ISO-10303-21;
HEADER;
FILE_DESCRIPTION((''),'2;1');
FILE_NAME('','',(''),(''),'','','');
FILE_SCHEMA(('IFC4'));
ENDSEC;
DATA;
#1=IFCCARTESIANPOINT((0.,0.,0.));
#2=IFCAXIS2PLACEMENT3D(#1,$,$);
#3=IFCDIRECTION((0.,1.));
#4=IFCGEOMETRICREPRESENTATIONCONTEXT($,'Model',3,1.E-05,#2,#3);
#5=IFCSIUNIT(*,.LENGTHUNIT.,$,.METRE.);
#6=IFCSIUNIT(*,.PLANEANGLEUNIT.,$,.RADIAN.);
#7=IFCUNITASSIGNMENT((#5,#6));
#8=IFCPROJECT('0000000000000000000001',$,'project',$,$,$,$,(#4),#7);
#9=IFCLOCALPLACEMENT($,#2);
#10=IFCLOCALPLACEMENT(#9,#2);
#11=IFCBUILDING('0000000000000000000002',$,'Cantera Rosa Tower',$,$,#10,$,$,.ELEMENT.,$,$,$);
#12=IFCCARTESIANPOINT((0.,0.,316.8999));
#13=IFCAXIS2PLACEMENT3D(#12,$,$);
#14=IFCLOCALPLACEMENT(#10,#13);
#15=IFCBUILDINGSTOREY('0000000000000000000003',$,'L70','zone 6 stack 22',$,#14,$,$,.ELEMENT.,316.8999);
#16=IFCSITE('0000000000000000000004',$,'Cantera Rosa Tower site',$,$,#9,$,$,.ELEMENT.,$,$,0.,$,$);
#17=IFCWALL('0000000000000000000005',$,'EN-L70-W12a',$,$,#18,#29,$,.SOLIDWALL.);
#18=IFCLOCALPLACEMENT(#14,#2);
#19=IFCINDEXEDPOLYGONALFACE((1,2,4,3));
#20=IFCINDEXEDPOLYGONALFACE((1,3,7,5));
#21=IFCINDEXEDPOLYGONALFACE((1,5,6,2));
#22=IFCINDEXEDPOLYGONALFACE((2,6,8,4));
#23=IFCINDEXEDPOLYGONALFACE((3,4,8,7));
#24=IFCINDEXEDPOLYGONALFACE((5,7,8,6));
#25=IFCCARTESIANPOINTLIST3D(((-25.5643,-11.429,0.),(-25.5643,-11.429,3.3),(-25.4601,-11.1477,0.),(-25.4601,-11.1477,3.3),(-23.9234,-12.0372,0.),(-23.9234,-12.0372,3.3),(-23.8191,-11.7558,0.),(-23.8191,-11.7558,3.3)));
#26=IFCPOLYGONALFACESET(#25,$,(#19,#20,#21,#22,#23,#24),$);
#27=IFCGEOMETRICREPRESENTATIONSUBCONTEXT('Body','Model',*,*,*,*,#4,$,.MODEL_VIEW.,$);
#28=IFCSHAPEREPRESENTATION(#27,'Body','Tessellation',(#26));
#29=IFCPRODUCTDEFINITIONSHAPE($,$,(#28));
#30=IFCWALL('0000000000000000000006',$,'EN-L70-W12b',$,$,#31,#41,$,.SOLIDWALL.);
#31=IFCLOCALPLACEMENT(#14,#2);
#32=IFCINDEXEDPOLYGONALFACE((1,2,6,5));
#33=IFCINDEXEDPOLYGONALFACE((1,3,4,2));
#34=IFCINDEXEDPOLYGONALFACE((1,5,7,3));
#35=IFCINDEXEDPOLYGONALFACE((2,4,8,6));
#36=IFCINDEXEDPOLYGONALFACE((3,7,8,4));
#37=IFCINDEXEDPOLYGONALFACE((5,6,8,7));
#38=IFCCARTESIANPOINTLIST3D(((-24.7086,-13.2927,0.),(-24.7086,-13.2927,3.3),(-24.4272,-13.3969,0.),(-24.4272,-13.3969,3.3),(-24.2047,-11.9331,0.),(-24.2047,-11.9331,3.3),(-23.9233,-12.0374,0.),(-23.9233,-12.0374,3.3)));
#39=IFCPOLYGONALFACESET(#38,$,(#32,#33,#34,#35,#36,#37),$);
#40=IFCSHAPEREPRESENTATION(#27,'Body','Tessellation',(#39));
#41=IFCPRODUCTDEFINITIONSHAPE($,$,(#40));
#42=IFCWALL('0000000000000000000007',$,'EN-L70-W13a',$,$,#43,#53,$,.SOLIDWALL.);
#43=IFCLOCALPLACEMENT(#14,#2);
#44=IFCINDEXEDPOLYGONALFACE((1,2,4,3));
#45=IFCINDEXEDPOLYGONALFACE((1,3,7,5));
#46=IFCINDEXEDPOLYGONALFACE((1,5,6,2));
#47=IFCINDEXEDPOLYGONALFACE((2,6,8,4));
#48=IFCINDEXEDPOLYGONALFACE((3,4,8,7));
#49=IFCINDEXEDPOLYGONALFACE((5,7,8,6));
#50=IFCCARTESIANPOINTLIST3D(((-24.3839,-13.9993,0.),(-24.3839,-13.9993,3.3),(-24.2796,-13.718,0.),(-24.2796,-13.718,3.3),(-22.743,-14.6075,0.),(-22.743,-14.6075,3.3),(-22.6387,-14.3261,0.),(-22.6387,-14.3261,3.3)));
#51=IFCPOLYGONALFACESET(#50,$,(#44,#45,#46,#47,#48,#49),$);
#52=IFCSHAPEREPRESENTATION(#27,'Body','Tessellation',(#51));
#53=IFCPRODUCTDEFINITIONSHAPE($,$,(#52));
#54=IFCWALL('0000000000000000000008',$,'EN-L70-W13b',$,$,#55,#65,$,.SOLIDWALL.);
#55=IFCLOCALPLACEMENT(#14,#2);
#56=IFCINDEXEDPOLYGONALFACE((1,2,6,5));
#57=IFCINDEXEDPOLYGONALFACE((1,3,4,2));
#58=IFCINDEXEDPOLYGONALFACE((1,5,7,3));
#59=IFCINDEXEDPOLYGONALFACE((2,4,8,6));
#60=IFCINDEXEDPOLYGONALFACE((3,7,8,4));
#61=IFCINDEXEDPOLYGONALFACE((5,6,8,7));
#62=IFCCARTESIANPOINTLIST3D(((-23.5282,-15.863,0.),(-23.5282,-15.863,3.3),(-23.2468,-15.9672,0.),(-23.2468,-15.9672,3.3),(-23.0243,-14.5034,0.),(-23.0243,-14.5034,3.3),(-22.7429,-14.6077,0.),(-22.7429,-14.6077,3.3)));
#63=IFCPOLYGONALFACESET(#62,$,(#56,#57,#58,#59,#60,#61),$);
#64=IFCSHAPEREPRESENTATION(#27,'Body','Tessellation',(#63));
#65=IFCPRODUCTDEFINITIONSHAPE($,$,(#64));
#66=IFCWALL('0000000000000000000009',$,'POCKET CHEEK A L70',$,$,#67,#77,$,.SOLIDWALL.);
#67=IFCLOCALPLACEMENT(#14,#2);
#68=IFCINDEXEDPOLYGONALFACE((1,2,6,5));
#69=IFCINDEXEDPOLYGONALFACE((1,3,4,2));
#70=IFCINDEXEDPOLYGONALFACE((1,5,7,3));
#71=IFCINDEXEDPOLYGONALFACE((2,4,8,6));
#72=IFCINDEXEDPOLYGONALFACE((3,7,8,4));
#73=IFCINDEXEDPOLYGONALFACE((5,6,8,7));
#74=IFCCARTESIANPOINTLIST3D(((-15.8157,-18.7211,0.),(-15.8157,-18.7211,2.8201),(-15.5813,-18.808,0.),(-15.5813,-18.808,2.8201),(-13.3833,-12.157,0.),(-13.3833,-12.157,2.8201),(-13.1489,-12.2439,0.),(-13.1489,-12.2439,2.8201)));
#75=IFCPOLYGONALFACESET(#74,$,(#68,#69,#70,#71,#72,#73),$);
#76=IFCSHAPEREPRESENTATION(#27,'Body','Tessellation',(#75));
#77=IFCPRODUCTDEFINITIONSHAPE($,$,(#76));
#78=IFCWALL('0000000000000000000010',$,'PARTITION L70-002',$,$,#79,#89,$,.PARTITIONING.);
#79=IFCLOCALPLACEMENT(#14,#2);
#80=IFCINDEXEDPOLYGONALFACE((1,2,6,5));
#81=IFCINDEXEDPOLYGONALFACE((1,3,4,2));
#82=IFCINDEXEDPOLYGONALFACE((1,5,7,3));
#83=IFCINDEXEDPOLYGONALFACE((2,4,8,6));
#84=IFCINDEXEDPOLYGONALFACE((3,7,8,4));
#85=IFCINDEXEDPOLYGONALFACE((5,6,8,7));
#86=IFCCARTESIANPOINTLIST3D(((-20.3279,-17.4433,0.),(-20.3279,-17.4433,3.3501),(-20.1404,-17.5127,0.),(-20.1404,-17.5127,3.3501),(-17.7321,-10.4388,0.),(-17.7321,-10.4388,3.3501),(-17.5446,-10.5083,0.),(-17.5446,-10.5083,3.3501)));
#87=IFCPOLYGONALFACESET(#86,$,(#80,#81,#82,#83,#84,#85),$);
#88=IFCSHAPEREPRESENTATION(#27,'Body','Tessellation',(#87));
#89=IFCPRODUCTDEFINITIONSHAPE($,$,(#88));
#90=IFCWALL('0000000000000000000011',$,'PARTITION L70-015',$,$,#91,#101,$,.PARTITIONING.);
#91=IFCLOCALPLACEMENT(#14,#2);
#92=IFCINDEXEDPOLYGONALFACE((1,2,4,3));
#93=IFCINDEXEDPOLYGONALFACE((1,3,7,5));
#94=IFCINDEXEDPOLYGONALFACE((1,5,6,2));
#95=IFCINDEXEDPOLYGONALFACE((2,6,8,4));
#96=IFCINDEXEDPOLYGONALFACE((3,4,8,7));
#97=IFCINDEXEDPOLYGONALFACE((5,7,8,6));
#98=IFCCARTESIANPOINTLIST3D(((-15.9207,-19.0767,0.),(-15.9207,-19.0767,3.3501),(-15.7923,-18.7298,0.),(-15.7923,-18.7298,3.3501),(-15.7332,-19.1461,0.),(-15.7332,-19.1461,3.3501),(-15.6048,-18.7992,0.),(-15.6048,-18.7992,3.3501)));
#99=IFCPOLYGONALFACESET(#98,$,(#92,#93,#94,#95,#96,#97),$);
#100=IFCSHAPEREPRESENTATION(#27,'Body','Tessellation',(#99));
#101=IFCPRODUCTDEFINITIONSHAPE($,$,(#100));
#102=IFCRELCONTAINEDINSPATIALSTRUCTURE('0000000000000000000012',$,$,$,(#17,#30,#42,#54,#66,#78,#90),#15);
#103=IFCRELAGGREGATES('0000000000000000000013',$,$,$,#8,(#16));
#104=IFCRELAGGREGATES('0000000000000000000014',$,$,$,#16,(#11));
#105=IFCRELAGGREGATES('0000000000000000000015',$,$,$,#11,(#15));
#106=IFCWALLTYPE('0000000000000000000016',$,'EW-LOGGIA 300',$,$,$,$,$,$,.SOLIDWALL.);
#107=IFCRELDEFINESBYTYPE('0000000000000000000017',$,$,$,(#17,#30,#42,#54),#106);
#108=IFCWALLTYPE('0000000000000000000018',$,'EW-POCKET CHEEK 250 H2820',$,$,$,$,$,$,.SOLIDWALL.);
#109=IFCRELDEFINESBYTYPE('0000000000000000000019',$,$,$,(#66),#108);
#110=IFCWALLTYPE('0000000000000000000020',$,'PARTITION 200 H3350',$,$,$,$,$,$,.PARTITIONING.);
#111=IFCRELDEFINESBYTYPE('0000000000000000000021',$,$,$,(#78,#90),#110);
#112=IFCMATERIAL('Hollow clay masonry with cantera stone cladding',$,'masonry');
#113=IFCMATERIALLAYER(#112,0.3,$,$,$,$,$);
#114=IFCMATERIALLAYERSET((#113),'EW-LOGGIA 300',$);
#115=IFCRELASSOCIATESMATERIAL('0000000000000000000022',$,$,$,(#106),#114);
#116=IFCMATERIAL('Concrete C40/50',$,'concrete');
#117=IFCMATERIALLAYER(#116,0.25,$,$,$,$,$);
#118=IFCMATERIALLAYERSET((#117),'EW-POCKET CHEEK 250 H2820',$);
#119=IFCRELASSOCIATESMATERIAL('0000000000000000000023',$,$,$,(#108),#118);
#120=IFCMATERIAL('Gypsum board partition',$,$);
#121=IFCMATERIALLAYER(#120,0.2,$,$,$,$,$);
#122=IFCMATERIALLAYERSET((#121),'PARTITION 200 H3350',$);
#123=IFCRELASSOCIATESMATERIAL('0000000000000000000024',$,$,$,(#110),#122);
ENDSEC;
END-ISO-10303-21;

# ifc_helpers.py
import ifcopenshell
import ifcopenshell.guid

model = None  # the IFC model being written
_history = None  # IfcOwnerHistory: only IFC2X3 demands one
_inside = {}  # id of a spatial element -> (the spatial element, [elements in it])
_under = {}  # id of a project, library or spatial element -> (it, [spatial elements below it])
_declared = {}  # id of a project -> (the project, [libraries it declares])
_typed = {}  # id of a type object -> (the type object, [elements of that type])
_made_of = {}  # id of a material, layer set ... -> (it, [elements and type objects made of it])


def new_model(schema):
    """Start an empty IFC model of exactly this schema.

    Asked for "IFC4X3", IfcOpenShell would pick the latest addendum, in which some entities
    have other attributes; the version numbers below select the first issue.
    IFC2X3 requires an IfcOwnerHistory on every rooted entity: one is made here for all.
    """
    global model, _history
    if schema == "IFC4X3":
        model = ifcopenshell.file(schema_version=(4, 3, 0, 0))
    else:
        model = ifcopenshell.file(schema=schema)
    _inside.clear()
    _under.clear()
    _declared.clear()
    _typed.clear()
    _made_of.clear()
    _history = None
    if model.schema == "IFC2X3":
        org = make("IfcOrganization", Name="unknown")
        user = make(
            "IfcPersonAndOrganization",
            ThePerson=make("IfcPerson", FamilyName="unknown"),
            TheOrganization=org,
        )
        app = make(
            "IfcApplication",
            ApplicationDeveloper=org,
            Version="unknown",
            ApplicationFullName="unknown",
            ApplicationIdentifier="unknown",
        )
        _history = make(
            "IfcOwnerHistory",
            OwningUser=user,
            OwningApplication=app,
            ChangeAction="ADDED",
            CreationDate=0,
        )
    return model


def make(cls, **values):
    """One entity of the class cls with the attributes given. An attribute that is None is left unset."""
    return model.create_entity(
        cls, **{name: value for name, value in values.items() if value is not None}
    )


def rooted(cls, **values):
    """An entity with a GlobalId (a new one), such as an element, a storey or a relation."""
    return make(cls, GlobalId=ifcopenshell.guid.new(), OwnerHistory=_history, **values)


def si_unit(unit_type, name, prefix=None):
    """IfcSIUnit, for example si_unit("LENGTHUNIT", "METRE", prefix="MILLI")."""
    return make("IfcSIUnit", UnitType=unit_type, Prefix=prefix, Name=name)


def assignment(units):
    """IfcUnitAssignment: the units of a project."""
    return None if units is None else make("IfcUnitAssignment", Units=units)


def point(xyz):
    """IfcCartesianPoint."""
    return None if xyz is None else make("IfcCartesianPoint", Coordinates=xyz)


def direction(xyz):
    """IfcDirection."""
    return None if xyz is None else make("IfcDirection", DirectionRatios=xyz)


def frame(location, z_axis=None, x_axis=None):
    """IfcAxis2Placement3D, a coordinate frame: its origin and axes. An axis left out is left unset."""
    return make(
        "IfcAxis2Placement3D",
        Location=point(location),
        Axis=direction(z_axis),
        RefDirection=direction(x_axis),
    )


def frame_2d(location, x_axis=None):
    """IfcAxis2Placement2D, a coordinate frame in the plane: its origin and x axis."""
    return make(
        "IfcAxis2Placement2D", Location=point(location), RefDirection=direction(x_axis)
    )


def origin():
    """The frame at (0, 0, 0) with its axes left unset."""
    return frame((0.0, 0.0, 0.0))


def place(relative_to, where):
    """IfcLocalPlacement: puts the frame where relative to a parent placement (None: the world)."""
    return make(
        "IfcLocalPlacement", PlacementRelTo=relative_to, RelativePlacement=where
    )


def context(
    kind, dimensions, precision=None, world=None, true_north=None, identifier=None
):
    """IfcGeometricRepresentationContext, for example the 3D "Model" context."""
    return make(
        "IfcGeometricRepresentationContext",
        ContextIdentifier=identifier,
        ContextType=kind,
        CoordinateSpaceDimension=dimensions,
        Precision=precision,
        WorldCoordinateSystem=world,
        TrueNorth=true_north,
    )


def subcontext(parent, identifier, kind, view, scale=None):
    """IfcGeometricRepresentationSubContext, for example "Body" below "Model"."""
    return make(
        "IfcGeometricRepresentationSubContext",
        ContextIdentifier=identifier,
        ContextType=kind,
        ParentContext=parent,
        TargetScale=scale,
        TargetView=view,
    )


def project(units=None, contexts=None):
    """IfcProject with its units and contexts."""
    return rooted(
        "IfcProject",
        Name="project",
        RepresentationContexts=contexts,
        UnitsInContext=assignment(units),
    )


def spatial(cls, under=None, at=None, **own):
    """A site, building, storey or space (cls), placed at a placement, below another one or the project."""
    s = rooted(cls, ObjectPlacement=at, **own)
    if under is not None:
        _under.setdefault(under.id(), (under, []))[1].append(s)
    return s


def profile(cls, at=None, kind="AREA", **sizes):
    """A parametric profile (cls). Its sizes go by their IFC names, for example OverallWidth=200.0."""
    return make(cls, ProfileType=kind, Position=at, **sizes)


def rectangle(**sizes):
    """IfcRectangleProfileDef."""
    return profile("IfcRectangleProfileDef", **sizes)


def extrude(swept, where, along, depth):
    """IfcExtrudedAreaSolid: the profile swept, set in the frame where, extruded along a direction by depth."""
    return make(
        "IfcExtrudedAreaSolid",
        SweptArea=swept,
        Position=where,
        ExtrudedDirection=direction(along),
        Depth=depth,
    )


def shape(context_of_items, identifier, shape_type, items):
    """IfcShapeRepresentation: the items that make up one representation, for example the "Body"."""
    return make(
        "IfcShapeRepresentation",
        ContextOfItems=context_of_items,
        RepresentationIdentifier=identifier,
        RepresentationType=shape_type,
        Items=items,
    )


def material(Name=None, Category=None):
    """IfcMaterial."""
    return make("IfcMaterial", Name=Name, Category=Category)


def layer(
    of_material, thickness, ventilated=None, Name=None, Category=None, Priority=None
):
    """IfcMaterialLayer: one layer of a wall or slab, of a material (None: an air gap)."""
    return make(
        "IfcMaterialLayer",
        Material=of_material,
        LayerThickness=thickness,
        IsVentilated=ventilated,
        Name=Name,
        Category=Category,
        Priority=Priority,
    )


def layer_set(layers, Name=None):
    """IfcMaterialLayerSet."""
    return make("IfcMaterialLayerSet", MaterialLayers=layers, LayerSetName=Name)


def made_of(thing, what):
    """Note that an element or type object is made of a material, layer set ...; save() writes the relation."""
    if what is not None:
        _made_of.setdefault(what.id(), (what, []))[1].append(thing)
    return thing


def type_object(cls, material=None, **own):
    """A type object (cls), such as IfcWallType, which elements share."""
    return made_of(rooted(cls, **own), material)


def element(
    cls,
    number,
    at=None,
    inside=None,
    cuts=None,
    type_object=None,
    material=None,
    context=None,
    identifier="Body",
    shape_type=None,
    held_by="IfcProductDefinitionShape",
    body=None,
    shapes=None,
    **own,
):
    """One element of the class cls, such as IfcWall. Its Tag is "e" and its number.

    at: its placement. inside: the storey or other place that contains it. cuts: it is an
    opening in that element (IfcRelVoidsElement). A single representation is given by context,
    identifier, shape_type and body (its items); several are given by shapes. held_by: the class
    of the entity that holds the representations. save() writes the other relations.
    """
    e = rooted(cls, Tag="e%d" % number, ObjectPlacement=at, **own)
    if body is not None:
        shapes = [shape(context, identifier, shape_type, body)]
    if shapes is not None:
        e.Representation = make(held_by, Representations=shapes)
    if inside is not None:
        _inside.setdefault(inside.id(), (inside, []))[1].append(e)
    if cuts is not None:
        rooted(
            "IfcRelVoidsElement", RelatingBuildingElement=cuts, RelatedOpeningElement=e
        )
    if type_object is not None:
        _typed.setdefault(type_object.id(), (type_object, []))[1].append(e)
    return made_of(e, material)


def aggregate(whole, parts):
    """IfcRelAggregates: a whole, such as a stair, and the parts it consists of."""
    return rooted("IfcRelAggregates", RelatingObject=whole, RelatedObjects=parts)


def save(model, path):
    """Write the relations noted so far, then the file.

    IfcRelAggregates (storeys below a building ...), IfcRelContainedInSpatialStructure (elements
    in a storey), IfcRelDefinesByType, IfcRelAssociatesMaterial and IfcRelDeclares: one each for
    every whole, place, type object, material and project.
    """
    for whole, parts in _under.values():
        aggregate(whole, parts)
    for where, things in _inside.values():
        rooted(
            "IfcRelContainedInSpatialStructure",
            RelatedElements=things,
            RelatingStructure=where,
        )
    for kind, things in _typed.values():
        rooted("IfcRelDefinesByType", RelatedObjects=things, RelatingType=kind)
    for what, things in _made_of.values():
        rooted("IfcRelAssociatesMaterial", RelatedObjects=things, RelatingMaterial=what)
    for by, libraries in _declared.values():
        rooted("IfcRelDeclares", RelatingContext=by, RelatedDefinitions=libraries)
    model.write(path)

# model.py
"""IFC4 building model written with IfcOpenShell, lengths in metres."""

from ifc_helpers import new_model, si_unit, direction, frame, frame_2d, origin, place, context, subcontext, project, spatial, rectangle, extrude, material, layer, layer_set, type_object, element, save


model = new_model("IFC4")

# Units and contexts
model_context = context("Model", 3, precision=1e-05, world=origin(), true_north=direction((0.0, 1.0)))
body_context = subcontext(model_context, "Body", "Model", "MODEL_VIEW")
ifc_project = project(units=[si_unit("LENGTHUNIT", "METRE"), si_unit("PLANEANGLEUNIT", "RADIAN")], contexts=[model_context])

# Site, building, storey
site_placement = place(None, origin())
site = spatial("IfcSite", under=ifc_project, at=site_placement, Name="Cantera Rosa Tower site", CompositionType="ELEMENT", RefElevation=0.0)
building_placement = place(site_placement, origin())
building = spatial("IfcBuilding", under=site, at=building_placement, Name="Cantera Rosa Tower", CompositionType="ELEMENT")
storey_placement = place(building_placement, frame((0.0, 0.0, 316.8999)))
storey = spatial("IfcBuildingStorey", under=building, at=storey_placement, Name="L70", Description="zone 6 stack 22", CompositionType="ELEMENT", Elevation=316.8999)

# Walls
ifc_material_1 = material(Name="Hollow clay masonry with cantera stone cladding", Category="masonry")
ifc_layer_1 = layer(ifc_material_1, 0.3)
ifc_layer_set_1 = layer_set([ifc_layer_1], Name="EW-LOGGIA 300")
wall_type_1 = type_object("IfcWallType", Name="EW-LOGGIA 300", PredefinedType="SOLIDWALL", material=ifc_layer_set_1)
wall_1_placement = place(storey_placement, frame((-25.5122, -11.2883, 0.0), z_axis=(0.0, 0.0, 1.0), x_axis=(0.93767, -0.347528, 0.0)))
element("IfcWall", 1, at=wall_1_placement, inside=storey, type_object=wall_type_1, Name="EN-L70-W12a", PredefinedType="SOLIDWALL", context=body_context, shape_type="SweptSolid", body=[
    extrude(rectangle(XDim=1.75, YDim=0.3, at=frame_2d((0.875, 0.0))), origin(), (0.0, 0.0, 1.0), 3.3),
])
wall_2_placement = place(storey_placement, frame((-24.064, -11.9851, 0.0), z_axis=(0.0, 0.0, 1.0), x_axis=(-0.347523, -0.937672, 0.0)))
element("IfcWall", 2, at=wall_2_placement, inside=storey, type_object=wall_type_1, Name="EN-L70-W12b", PredefinedType="SOLIDWALL", context=body_context, shape_type="SweptSolid", body=[
    extrude(rectangle(XDim=1.45, YDim=0.3, at=frame_2d((0.7251, 0.0))), origin(), (0.0, 0.0, 1.0), 3.3),
])
wall_3_placement = place(storey_placement, frame((-24.3318, -13.8586, 0.0), z_axis=(0.0, 0.0, 1.0), x_axis=(0.93767, -0.347528, 0.0)))
element("IfcWall", 3, at=wall_3_placement, inside=storey, type_object=wall_type_1, Name="EN-L70-W13a", PredefinedType="SOLIDWALL", context=body_context, shape_type="SweptSolid", body=[
    extrude(rectangle(XDim=1.75, YDim=0.3, at=frame_2d((0.875, 0.0))), origin(), (0.0, 0.0, 1.0), 3.3),
])
wall_4_placement = place(storey_placement, frame((-22.8835, -14.5554, 0.0), z_axis=(0.0, 0.0, 1.0), x_axis=(-0.347523, -0.937672, 0.0)))
element("IfcWall", 4, at=wall_4_placement, inside=storey, type_object=wall_type_1, Name="EN-L70-W13b", PredefinedType="SOLIDWALL", context=body_context, shape_type="SweptSolid", body=[
    extrude(rectangle(XDim=1.45, YDim=0.3, at=frame_2d((0.7251, 0.0))), origin(), (0.0, 0.0, 1.0), 3.3),
])

# Walls
ifc_material_2 = material(Name="Concrete C40/50", Category="concrete")
ifc_layer_2 = layer(ifc_material_2, 0.25)
ifc_layer_set_2 = layer_set([ifc_layer_2], Name="EW-POCKET CHEEK 250 H2820")
wall_type_2 = type_object("IfcWallType", Name="EW-POCKET CHEEK 250 H2820", PredefinedType="SOLIDWALL", material=ifc_layer_set_2)
wall_5_placement = place(storey_placement, frame((-15.6985, -18.7644, 0.0), z_axis=(0.0, 0.0, 1.0), x_axis=(0.347475, 0.937689, 0.0)))
element("IfcWall", 5, at=wall_5_placement, inside=storey, type_object=wall_type_2, Name="POCKET CHEEK A L70", PredefinedType="SOLIDWALL", context=body_context, shape_type="SweptSolid", body=[
    extrude(rectangle(XDim=7.0002, YDim=0.25, at=frame_2d((3.5, 0.0))), origin(), (0.0, 0.0, 1.0), 2.8201),
])
ifc_material_3 = material(Name="Gypsum board partition")
ifc_layer_3 = layer(ifc_material_3, 0.2)
ifc_layer_set_3 = layer_set([ifc_layer_3], Name="PARTITION 200 H3350")
wall_type_3 = type_object("IfcWallType", Name="PARTITION 200 H3350", PredefinedType="PARTITIONING", material=ifc_layer_set_3)
wall_6_placement = place(storey_placement, frame((-17.6384, -10.4736, 0.0), z_axis=(0.0, 0.0, 1.0), x_axis=(-0.347489, -0.937684, 0.0)))
element("IfcWall", 6, at=wall_6_placement, inside=storey, type_object=wall_type_3, Name="PARTITION L70-002", PredefinedType="PARTITIONING", context=body_context, shape_type="SweptSolid", body=[
    extrude(rectangle(XDim=7.47, YDim=0.2, at=frame_2d((3.7349, 0.0))), origin(), (0.0, 0.0, 1.0), 3.3501),
])
wall_7_placement = place(storey_placement, frame((-15.6985, -18.7644, 0.0), z_axis=(0.0, 0.0, 1.0), x_axis=(-0.347142, -0.937812, 0.0)))
element("IfcWall", 7, at=wall_7_placement, inside=storey, type_object=wall_type_3, Name="PARTITION L70-015", PredefinedType="PARTITIONING", context=body_context, shape_type="SweptSolid", body=[
    extrude(rectangle(XDim=0.3699, YDim=0.2, at=frame_2d((0.1851, 0.0))), origin(), (0.0, 0.0, 1.0), 3.3501),
])

save(model, "model.ifc")
